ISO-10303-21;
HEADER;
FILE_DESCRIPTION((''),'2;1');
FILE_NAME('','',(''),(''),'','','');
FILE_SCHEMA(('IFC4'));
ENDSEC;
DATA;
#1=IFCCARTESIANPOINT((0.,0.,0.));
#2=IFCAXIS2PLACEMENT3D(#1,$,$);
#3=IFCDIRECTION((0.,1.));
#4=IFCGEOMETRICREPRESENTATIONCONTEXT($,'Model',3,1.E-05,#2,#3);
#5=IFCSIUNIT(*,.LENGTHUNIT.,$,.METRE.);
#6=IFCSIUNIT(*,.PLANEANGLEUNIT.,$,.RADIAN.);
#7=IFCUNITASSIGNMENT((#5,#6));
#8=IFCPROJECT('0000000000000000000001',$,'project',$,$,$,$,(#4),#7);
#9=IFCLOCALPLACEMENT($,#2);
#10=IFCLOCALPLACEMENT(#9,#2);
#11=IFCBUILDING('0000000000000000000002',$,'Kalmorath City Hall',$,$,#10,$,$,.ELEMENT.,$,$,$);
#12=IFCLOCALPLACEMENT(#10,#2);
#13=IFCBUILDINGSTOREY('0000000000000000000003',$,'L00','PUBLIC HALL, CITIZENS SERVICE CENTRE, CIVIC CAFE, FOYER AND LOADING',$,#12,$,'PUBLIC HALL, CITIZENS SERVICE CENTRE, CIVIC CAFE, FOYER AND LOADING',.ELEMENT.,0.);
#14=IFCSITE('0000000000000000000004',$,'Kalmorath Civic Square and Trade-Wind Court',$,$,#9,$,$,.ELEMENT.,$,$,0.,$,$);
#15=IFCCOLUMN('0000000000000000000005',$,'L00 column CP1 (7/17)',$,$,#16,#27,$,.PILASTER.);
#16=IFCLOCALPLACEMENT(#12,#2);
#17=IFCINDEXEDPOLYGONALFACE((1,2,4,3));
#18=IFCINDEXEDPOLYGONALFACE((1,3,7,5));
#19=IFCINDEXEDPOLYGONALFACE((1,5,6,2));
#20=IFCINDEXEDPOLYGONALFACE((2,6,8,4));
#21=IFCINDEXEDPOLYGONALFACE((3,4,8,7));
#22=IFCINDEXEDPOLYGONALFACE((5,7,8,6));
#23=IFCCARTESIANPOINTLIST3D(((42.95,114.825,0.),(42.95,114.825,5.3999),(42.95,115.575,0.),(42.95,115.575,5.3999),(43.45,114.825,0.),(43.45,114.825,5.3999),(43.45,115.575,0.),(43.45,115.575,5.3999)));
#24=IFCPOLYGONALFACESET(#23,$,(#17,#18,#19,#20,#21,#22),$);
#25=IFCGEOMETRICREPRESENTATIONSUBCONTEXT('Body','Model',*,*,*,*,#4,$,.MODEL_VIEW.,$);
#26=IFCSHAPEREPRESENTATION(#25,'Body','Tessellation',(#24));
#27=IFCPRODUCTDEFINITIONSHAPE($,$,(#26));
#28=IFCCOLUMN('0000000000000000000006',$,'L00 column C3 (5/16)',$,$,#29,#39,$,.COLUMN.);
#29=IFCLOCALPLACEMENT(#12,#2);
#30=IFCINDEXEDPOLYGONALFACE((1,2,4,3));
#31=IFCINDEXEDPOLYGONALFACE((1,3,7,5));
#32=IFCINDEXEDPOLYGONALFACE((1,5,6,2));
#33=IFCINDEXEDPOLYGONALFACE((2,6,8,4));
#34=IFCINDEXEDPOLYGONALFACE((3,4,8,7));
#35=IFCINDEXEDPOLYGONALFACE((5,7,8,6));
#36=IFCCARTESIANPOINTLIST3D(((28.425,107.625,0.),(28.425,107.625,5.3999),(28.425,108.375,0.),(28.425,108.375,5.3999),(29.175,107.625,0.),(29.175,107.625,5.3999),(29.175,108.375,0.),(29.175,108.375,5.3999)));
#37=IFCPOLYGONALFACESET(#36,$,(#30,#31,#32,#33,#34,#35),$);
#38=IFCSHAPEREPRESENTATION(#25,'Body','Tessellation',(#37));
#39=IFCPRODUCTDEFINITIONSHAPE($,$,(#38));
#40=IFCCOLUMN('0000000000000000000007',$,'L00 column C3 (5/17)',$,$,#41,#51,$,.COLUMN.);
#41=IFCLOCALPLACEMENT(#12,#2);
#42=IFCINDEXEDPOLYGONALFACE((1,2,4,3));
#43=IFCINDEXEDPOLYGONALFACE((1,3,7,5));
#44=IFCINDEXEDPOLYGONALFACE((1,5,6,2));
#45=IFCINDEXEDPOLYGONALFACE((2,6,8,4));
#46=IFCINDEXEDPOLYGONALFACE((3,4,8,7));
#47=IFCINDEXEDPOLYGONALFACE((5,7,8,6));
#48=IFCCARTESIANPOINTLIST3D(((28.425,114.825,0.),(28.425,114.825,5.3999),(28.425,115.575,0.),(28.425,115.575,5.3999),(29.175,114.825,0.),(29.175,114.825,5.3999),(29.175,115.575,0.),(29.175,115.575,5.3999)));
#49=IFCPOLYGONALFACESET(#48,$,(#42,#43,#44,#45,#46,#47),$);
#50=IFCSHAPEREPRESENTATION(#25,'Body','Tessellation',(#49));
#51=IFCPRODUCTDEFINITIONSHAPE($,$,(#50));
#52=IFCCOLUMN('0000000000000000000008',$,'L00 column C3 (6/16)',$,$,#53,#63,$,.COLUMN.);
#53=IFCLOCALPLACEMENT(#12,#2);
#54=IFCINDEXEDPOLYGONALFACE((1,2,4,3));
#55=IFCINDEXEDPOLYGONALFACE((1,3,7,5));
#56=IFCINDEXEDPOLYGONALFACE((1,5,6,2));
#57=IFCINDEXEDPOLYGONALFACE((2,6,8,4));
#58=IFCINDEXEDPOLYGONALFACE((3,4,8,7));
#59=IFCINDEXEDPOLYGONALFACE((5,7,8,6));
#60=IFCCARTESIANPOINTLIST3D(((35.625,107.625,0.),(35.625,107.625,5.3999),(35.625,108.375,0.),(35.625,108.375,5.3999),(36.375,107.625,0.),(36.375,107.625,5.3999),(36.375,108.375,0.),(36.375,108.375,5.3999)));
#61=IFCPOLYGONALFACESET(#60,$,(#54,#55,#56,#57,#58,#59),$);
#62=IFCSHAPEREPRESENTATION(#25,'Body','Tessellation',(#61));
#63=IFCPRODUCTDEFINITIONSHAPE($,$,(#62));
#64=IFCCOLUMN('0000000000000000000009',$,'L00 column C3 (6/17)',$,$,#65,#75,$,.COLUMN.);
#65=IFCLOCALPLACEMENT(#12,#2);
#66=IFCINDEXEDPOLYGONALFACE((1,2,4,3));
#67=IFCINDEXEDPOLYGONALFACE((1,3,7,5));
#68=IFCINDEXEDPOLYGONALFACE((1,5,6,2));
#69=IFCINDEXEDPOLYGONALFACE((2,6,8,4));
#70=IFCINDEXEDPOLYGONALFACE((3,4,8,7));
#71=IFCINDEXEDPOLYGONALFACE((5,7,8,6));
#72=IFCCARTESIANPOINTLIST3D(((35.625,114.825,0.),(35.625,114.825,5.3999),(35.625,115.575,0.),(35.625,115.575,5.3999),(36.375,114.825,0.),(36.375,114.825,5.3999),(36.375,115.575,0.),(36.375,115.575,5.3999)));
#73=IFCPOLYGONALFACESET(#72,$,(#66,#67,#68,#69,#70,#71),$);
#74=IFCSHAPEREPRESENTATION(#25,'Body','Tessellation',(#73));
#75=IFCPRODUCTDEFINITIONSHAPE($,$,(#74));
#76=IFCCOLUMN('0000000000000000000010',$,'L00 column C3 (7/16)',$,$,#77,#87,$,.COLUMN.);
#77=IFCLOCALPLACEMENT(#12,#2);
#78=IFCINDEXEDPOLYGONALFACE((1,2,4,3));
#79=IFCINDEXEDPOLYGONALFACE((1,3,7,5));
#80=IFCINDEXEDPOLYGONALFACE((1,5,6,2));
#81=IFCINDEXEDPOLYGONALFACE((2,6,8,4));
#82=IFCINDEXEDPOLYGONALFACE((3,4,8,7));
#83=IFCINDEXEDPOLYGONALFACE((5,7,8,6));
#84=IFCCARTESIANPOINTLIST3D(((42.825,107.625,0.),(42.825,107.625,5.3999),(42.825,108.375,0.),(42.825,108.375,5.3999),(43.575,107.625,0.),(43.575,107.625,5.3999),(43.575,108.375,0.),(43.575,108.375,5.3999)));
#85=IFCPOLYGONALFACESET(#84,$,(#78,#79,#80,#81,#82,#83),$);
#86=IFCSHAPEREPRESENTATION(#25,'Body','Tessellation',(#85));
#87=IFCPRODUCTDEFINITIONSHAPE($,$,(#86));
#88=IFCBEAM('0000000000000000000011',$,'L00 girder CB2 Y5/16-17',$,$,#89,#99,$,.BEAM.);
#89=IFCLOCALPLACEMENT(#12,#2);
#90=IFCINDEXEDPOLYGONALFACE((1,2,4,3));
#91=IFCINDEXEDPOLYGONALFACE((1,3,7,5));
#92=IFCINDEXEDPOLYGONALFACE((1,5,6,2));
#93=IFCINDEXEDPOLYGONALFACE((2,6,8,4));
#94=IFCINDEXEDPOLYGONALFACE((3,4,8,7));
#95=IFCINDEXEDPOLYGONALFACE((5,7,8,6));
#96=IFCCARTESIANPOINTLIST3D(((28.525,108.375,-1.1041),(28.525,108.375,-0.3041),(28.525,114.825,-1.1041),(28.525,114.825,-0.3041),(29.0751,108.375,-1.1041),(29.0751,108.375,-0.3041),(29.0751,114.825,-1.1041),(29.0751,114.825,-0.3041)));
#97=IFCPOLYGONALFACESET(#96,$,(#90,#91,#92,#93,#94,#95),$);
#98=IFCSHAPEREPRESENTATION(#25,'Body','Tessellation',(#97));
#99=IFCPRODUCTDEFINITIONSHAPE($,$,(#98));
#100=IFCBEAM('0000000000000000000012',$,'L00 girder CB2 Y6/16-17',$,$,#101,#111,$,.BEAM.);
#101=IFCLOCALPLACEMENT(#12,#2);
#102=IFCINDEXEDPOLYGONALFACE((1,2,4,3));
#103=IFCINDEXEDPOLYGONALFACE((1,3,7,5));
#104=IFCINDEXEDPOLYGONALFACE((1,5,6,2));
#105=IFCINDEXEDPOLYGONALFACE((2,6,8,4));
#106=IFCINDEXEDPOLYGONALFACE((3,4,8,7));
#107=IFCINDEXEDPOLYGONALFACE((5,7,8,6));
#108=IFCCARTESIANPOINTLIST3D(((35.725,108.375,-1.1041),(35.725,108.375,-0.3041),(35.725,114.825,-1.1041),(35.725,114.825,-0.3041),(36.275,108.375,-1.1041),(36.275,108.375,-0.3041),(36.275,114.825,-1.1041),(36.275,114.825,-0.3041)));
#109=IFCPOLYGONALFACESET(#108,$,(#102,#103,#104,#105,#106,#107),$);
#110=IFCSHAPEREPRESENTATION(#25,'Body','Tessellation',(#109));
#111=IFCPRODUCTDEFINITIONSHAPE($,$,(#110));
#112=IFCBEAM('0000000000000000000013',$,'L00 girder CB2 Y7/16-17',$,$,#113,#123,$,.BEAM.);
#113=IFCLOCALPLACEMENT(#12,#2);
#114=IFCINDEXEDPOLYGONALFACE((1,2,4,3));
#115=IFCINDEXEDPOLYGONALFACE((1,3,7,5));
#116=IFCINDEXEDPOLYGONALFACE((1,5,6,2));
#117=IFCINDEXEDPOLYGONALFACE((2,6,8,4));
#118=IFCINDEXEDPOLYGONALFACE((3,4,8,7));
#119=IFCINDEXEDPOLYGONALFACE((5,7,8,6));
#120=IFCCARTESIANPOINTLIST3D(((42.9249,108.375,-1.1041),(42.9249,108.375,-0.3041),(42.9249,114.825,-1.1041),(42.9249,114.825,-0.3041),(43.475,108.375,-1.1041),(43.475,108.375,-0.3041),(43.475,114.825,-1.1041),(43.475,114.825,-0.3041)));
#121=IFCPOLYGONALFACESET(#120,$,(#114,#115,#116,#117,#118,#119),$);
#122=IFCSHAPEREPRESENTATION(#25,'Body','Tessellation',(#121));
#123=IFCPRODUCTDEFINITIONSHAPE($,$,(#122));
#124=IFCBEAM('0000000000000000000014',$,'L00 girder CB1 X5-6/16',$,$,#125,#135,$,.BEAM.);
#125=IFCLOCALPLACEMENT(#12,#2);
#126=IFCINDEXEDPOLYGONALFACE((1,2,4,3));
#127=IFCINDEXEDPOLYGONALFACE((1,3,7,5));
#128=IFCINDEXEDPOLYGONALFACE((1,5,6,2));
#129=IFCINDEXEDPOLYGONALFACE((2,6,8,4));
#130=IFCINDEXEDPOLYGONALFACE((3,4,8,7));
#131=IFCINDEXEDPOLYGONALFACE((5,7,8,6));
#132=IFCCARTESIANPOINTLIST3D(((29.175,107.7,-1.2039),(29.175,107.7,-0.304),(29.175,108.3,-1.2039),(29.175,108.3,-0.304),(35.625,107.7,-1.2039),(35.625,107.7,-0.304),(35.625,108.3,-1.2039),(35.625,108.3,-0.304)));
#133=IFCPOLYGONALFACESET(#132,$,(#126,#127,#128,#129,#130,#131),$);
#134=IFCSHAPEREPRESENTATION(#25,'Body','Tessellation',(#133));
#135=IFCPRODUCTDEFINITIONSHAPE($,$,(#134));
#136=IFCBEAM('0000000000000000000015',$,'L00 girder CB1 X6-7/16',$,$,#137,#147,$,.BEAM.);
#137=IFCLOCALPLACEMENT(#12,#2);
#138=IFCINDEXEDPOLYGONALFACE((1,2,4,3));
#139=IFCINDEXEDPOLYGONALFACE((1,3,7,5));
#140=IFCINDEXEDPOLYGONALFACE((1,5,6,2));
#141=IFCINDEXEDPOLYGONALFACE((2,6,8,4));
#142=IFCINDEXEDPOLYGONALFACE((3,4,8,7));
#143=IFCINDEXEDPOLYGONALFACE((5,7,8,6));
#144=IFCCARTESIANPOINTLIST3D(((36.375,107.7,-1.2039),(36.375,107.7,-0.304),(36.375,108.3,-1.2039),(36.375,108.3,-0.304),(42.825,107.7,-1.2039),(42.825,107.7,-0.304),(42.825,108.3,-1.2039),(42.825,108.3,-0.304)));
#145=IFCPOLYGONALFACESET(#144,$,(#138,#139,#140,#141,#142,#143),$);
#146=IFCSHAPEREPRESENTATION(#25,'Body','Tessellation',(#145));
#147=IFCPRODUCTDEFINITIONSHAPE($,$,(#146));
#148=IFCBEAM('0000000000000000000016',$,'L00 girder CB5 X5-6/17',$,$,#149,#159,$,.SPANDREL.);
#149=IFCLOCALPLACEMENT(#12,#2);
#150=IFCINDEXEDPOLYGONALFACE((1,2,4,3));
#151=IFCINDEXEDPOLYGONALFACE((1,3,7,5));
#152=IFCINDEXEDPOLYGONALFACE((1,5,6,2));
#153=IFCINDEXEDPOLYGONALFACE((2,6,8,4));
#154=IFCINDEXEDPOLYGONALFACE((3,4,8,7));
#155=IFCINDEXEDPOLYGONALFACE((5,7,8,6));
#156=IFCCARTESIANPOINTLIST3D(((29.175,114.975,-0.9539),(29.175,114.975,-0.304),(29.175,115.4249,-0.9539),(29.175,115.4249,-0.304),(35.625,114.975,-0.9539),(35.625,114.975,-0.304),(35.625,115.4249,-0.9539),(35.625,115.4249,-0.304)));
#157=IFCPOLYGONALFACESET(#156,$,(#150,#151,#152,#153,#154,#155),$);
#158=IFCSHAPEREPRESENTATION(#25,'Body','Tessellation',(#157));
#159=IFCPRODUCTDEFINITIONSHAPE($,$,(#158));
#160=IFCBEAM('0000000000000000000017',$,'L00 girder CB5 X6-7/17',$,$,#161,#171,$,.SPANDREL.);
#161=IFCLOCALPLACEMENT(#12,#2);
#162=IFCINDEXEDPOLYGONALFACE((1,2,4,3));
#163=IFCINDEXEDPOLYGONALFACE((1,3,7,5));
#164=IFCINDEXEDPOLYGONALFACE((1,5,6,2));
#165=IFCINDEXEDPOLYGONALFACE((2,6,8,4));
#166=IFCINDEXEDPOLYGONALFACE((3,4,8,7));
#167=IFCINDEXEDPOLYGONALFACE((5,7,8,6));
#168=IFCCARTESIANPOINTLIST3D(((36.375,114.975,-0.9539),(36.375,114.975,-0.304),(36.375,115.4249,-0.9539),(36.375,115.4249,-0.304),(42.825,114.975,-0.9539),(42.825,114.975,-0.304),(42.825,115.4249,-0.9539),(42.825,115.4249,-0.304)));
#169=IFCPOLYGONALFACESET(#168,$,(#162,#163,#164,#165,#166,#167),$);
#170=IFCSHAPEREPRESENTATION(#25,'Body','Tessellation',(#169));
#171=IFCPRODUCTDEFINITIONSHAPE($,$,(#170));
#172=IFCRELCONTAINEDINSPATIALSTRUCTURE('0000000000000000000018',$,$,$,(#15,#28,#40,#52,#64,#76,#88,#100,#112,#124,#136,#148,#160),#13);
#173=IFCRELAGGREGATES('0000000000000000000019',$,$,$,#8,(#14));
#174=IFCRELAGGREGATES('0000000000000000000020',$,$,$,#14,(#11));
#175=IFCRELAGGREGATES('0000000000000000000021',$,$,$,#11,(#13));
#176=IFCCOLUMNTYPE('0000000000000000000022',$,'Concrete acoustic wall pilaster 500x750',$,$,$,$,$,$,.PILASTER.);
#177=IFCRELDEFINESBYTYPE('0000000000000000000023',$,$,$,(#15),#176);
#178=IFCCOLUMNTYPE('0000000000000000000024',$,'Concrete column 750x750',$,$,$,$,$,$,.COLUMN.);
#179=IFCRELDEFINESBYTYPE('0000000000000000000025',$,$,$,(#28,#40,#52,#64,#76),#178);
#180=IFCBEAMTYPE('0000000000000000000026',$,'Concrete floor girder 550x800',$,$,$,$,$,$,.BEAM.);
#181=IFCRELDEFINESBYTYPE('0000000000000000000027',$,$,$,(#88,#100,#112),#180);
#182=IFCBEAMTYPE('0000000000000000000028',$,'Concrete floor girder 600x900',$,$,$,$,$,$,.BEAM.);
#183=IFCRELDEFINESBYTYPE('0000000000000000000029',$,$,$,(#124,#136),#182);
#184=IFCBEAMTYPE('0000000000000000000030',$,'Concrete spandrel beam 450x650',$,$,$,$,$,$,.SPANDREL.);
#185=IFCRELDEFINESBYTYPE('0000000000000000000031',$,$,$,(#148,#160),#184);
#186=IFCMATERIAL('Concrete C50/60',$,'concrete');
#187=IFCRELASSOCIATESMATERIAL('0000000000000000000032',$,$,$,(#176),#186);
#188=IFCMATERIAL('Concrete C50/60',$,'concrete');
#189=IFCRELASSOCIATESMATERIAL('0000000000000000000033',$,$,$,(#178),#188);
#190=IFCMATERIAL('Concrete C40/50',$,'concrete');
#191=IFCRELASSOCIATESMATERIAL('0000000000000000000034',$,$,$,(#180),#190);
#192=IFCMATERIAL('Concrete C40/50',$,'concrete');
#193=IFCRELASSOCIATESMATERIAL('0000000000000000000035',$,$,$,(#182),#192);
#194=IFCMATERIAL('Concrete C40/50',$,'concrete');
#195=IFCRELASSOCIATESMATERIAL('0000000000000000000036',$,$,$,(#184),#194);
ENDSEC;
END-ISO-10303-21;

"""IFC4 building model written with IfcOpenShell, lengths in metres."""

from ifc_helpers import new_model, si_unit, direction, frame, origin, origin_2d, place, context, subcontext, project, spatial, rectangle, extrude, material, material_profile, profile_set, type_object, element, save


model = new_model("IFC4")

# Units and contexts
model_context = context("Model", 3, precision=1e-05, world=origin(), true_north=direction((0.0, 1.0)))
body_context = subcontext(model_context, "Body", "Model", "MODEL_VIEW")
ifc_project = project(units=[si_unit("LENGTHUNIT", "METRE"), si_unit("PLANEANGLEUNIT", "RADIAN")], contexts=[model_context])

# Site, building, storey
site_placement = place(None, origin())
site = spatial("IfcSite", under=ifc_project, at=site_placement, Name="Kalmorath Civic Square and Trade-Wind Court", CompositionType="ELEMENT", RefElevation=0.0)
building_placement = place(site_placement, origin())
building = spatial("IfcBuilding", under=site, at=building_placement, Name="Kalmorath City Hall", CompositionType="ELEMENT")
storey_placement = place(building_placement, origin())
storey = spatial("IfcBuildingStorey", under=building, at=storey_placement, Name="L00", Description="PUBLIC HALL, CITIZENS SERVICE CENTRE, CIVIC CAFE, FOYER AND LOADING", LongName="PUBLIC HALL, CITIZENS SERVICE CENTRE, CIVIC CAFE, FOYER AND LOADING", CompositionType="ELEMENT", Elevation=0.0)

# Columns
ifc_material_1 = material(Name="Concrete C50/60", Category="concrete")
ifc_material_profile_1 = material_profile(ifc_material_1, rectangle(XDim=0.5, YDim=0.75, at=origin_2d()), Name="RC-PIL-500X750")
ifc_profile_set_1 = profile_set([ifc_material_profile_1], Name="Concrete C50/60")
column_type_1 = type_object("IfcColumnType", Name="Concrete acoustic wall pilaster 500x750", PredefinedType="PILASTER", material=ifc_profile_set_1)
column_placement = place(storey_placement, frame((43.2, 115.2, 0.0), z_axis=(0.0, 0.0, 1.0), x_axis=(1.0, 0.0, 0.0)))
element("IfcColumn", 1, at=column_placement, inside=storey, type_object=column_type_1, Name="L00 column CP1 (7/17)", PredefinedType="PILASTER", context=body_context, shape_type="SweptSolid", body=[
    extrude(rectangle(XDim=0.5, YDim=0.75, at=origin_2d()), origin(), (0.0, 0.0, 1.0), 5.3999),
])
ifc_material_2 = material(Name="Concrete C50/60", Category="concrete")
ifc_material_profile_2 = material_profile(ifc_material_2, rectangle(XDim=0.75, YDim=0.75, at=origin_2d()), Name="RC-COL-750X750")
ifc_profile_set_2 = profile_set([ifc_material_profile_2], Name="Concrete C50/60")
column_type_2 = type_object("IfcColumnType", Name="Concrete column 750x750", PredefinedType="COLUMN", material=ifc_profile_set_2)
for number, where, z_axis, x_axis, name in (
    (2, (28.8, 108.0, 0.0), (0.0, 0.0, 1.0), (1.0, 0.0, 0.0), "L00 column C3 (5/16)"),
    (3, (28.8, 115.2, 0.0), (0.0, 0.0, 1.0), (1.0, 0.0, 0.0), "L00 column C3 (5/17)"),
    (4, (36.0, 108.0, 0.0), (0.0, 0.0, 1.0), (1.0, 0.0, 0.0), "L00 column C3 (6/16)"),
    (5, (36.0, 115.2, 0.0), (0.0, 0.0, 1.0), (1.0, 0.0, 0.0), "L00 column C3 (6/17)"),
    (6, (43.2, 108.0, 0.0), (0.0, 0.0, 1.0), (1.0, 0.0, 0.0), "L00 column C3 (7/16)"),
):
    element("IfcColumn", number, at=place(storey_placement, frame(where, z_axis=z_axis, x_axis=x_axis)), inside=storey, type_object=column_type_2, Name=name, PredefinedType="COLUMN", context=body_context, shape_type="SweptSolid", body=[
        extrude(rectangle(XDim=0.75, YDim=0.75, at=origin_2d()), origin(), (0.0, 0.0, 1.0), 5.3999),
    ])

# Beams
ifc_material_3 = material(Name="Concrete C40/50", Category="concrete")
ifc_material_profile_3 = material_profile(ifc_material_3, rectangle(XDim=0.55, YDim=0.8, at=origin_2d()), Name="RC-BM-550X800")
ifc_profile_set_3 = profile_set([ifc_material_profile_3], Name="Concrete C40/50")
beam_type_1 = type_object("IfcBeamType", Name="Concrete floor girder 550x800", PredefinedType="BEAM", material=ifc_profile_set_3)
for number, where, z_axis, x_axis, name in (
    (7, (28.8, 108.375, -0.7041), (0.0, 1.0, 0.0), (-1.0, 0.0, 0.0), "L00 girder CB2 Y5/16-17"),
    (8, (36.0, 108.375, -0.7041), (0.0, 1.0, 0.0), (-1.0, 0.0, 0.0), "L00 girder CB2 Y6/16-17"),
    (9, (43.2, 108.375, -0.7041), (0.0, 1.0, 0.0), (-1.0, 0.0, 0.0), "L00 girder CB2 Y7/16-17"),
):
    element("IfcBeam", number, at=place(storey_placement, frame(where, z_axis=z_axis, x_axis=x_axis)), inside=storey, type_object=beam_type_1, Name=name, PredefinedType="BEAM", context=body_context, shape_type="SweptSolid", body=[
        extrude(rectangle(XDim=0.55, YDim=0.8, at=origin_2d()), origin(), (0.0, 0.0, 1.0), 6.45),
    ])
ifc_material_4 = material(Name="Concrete C40/50", Category="concrete")
ifc_material_profile_4 = material_profile(ifc_material_4, rectangle(XDim=0.6001, YDim=0.8999, at=origin_2d()), Name="RC-BM-600X900")
ifc_profile_set_4 = profile_set([ifc_material_profile_4], Name="Concrete C40/50")
beam_type_2 = type_object("IfcBeamType", Name="Concrete floor girder 600x900", PredefinedType="BEAM", material=ifc_profile_set_4)
for number, where, z_axis, x_axis, name in (
    (10, (29.175, 108.0, -0.7539), (1.0, 0.0, 0.0), (0.0, 1.0, 0.0), "L00 girder CB1 X5-6/16"),
    (11, (36.375, 108.0, -0.7539), (1.0, 0.0, 0.0), (0.0, 1.0, 0.0), "L00 girder CB1 X6-7/16"),
):
    element("IfcBeam", number, at=place(storey_placement, frame(where, z_axis=z_axis, x_axis=x_axis)), inside=storey, type_object=beam_type_2, Name=name, PredefinedType="BEAM", context=body_context, shape_type="SweptSolid", body=[
        extrude(rectangle(XDim=0.6001, YDim=0.8999, at=origin_2d()), origin(), (0.0, 0.0, 1.0), 6.45),
    ])
ifc_material_5 = material(Name="Concrete C40/50", Category="concrete")
ifc_material_profile_5 = material_profile(ifc_material_5, rectangle(XDim=0.45, YDim=0.6499, at=origin_2d()), Name="RC-BM-450X650")
ifc_profile_set_5 = profile_set([ifc_material_profile_5], Name="Concrete C40/50")
beam_type_3 = type_object("IfcBeamType", Name="Concrete spandrel beam 450x650", PredefinedType="SPANDREL", material=ifc_profile_set_5)
for number, where, z_axis, x_axis, name in (
    (12, (29.175, 115.2, -0.6289), (1.0, 0.0, 0.0), (0.0, 1.0, 0.0), "L00 girder CB5 X5-6/17"),
    (13, (36.375, 115.2, -0.6289), (1.0, 0.0, 0.0), (0.0, 1.0, 0.0), "L00 girder CB5 X6-7/17"),
):
    element("IfcBeam", number, at=place(storey_placement, frame(where, z_axis=z_axis, x_axis=x_axis)), inside=storey, type_object=beam_type_3, Name=name, PredefinedType="SPANDREL", context=body_context, shape_type="SweptSolid", body=[
        extrude(rectangle(XDim=0.45, YDim=0.6499, at=origin_2d()), origin(), (0.0, 0.0, 1.0), 6.45),
    ])

save(model, "model.ifc")
